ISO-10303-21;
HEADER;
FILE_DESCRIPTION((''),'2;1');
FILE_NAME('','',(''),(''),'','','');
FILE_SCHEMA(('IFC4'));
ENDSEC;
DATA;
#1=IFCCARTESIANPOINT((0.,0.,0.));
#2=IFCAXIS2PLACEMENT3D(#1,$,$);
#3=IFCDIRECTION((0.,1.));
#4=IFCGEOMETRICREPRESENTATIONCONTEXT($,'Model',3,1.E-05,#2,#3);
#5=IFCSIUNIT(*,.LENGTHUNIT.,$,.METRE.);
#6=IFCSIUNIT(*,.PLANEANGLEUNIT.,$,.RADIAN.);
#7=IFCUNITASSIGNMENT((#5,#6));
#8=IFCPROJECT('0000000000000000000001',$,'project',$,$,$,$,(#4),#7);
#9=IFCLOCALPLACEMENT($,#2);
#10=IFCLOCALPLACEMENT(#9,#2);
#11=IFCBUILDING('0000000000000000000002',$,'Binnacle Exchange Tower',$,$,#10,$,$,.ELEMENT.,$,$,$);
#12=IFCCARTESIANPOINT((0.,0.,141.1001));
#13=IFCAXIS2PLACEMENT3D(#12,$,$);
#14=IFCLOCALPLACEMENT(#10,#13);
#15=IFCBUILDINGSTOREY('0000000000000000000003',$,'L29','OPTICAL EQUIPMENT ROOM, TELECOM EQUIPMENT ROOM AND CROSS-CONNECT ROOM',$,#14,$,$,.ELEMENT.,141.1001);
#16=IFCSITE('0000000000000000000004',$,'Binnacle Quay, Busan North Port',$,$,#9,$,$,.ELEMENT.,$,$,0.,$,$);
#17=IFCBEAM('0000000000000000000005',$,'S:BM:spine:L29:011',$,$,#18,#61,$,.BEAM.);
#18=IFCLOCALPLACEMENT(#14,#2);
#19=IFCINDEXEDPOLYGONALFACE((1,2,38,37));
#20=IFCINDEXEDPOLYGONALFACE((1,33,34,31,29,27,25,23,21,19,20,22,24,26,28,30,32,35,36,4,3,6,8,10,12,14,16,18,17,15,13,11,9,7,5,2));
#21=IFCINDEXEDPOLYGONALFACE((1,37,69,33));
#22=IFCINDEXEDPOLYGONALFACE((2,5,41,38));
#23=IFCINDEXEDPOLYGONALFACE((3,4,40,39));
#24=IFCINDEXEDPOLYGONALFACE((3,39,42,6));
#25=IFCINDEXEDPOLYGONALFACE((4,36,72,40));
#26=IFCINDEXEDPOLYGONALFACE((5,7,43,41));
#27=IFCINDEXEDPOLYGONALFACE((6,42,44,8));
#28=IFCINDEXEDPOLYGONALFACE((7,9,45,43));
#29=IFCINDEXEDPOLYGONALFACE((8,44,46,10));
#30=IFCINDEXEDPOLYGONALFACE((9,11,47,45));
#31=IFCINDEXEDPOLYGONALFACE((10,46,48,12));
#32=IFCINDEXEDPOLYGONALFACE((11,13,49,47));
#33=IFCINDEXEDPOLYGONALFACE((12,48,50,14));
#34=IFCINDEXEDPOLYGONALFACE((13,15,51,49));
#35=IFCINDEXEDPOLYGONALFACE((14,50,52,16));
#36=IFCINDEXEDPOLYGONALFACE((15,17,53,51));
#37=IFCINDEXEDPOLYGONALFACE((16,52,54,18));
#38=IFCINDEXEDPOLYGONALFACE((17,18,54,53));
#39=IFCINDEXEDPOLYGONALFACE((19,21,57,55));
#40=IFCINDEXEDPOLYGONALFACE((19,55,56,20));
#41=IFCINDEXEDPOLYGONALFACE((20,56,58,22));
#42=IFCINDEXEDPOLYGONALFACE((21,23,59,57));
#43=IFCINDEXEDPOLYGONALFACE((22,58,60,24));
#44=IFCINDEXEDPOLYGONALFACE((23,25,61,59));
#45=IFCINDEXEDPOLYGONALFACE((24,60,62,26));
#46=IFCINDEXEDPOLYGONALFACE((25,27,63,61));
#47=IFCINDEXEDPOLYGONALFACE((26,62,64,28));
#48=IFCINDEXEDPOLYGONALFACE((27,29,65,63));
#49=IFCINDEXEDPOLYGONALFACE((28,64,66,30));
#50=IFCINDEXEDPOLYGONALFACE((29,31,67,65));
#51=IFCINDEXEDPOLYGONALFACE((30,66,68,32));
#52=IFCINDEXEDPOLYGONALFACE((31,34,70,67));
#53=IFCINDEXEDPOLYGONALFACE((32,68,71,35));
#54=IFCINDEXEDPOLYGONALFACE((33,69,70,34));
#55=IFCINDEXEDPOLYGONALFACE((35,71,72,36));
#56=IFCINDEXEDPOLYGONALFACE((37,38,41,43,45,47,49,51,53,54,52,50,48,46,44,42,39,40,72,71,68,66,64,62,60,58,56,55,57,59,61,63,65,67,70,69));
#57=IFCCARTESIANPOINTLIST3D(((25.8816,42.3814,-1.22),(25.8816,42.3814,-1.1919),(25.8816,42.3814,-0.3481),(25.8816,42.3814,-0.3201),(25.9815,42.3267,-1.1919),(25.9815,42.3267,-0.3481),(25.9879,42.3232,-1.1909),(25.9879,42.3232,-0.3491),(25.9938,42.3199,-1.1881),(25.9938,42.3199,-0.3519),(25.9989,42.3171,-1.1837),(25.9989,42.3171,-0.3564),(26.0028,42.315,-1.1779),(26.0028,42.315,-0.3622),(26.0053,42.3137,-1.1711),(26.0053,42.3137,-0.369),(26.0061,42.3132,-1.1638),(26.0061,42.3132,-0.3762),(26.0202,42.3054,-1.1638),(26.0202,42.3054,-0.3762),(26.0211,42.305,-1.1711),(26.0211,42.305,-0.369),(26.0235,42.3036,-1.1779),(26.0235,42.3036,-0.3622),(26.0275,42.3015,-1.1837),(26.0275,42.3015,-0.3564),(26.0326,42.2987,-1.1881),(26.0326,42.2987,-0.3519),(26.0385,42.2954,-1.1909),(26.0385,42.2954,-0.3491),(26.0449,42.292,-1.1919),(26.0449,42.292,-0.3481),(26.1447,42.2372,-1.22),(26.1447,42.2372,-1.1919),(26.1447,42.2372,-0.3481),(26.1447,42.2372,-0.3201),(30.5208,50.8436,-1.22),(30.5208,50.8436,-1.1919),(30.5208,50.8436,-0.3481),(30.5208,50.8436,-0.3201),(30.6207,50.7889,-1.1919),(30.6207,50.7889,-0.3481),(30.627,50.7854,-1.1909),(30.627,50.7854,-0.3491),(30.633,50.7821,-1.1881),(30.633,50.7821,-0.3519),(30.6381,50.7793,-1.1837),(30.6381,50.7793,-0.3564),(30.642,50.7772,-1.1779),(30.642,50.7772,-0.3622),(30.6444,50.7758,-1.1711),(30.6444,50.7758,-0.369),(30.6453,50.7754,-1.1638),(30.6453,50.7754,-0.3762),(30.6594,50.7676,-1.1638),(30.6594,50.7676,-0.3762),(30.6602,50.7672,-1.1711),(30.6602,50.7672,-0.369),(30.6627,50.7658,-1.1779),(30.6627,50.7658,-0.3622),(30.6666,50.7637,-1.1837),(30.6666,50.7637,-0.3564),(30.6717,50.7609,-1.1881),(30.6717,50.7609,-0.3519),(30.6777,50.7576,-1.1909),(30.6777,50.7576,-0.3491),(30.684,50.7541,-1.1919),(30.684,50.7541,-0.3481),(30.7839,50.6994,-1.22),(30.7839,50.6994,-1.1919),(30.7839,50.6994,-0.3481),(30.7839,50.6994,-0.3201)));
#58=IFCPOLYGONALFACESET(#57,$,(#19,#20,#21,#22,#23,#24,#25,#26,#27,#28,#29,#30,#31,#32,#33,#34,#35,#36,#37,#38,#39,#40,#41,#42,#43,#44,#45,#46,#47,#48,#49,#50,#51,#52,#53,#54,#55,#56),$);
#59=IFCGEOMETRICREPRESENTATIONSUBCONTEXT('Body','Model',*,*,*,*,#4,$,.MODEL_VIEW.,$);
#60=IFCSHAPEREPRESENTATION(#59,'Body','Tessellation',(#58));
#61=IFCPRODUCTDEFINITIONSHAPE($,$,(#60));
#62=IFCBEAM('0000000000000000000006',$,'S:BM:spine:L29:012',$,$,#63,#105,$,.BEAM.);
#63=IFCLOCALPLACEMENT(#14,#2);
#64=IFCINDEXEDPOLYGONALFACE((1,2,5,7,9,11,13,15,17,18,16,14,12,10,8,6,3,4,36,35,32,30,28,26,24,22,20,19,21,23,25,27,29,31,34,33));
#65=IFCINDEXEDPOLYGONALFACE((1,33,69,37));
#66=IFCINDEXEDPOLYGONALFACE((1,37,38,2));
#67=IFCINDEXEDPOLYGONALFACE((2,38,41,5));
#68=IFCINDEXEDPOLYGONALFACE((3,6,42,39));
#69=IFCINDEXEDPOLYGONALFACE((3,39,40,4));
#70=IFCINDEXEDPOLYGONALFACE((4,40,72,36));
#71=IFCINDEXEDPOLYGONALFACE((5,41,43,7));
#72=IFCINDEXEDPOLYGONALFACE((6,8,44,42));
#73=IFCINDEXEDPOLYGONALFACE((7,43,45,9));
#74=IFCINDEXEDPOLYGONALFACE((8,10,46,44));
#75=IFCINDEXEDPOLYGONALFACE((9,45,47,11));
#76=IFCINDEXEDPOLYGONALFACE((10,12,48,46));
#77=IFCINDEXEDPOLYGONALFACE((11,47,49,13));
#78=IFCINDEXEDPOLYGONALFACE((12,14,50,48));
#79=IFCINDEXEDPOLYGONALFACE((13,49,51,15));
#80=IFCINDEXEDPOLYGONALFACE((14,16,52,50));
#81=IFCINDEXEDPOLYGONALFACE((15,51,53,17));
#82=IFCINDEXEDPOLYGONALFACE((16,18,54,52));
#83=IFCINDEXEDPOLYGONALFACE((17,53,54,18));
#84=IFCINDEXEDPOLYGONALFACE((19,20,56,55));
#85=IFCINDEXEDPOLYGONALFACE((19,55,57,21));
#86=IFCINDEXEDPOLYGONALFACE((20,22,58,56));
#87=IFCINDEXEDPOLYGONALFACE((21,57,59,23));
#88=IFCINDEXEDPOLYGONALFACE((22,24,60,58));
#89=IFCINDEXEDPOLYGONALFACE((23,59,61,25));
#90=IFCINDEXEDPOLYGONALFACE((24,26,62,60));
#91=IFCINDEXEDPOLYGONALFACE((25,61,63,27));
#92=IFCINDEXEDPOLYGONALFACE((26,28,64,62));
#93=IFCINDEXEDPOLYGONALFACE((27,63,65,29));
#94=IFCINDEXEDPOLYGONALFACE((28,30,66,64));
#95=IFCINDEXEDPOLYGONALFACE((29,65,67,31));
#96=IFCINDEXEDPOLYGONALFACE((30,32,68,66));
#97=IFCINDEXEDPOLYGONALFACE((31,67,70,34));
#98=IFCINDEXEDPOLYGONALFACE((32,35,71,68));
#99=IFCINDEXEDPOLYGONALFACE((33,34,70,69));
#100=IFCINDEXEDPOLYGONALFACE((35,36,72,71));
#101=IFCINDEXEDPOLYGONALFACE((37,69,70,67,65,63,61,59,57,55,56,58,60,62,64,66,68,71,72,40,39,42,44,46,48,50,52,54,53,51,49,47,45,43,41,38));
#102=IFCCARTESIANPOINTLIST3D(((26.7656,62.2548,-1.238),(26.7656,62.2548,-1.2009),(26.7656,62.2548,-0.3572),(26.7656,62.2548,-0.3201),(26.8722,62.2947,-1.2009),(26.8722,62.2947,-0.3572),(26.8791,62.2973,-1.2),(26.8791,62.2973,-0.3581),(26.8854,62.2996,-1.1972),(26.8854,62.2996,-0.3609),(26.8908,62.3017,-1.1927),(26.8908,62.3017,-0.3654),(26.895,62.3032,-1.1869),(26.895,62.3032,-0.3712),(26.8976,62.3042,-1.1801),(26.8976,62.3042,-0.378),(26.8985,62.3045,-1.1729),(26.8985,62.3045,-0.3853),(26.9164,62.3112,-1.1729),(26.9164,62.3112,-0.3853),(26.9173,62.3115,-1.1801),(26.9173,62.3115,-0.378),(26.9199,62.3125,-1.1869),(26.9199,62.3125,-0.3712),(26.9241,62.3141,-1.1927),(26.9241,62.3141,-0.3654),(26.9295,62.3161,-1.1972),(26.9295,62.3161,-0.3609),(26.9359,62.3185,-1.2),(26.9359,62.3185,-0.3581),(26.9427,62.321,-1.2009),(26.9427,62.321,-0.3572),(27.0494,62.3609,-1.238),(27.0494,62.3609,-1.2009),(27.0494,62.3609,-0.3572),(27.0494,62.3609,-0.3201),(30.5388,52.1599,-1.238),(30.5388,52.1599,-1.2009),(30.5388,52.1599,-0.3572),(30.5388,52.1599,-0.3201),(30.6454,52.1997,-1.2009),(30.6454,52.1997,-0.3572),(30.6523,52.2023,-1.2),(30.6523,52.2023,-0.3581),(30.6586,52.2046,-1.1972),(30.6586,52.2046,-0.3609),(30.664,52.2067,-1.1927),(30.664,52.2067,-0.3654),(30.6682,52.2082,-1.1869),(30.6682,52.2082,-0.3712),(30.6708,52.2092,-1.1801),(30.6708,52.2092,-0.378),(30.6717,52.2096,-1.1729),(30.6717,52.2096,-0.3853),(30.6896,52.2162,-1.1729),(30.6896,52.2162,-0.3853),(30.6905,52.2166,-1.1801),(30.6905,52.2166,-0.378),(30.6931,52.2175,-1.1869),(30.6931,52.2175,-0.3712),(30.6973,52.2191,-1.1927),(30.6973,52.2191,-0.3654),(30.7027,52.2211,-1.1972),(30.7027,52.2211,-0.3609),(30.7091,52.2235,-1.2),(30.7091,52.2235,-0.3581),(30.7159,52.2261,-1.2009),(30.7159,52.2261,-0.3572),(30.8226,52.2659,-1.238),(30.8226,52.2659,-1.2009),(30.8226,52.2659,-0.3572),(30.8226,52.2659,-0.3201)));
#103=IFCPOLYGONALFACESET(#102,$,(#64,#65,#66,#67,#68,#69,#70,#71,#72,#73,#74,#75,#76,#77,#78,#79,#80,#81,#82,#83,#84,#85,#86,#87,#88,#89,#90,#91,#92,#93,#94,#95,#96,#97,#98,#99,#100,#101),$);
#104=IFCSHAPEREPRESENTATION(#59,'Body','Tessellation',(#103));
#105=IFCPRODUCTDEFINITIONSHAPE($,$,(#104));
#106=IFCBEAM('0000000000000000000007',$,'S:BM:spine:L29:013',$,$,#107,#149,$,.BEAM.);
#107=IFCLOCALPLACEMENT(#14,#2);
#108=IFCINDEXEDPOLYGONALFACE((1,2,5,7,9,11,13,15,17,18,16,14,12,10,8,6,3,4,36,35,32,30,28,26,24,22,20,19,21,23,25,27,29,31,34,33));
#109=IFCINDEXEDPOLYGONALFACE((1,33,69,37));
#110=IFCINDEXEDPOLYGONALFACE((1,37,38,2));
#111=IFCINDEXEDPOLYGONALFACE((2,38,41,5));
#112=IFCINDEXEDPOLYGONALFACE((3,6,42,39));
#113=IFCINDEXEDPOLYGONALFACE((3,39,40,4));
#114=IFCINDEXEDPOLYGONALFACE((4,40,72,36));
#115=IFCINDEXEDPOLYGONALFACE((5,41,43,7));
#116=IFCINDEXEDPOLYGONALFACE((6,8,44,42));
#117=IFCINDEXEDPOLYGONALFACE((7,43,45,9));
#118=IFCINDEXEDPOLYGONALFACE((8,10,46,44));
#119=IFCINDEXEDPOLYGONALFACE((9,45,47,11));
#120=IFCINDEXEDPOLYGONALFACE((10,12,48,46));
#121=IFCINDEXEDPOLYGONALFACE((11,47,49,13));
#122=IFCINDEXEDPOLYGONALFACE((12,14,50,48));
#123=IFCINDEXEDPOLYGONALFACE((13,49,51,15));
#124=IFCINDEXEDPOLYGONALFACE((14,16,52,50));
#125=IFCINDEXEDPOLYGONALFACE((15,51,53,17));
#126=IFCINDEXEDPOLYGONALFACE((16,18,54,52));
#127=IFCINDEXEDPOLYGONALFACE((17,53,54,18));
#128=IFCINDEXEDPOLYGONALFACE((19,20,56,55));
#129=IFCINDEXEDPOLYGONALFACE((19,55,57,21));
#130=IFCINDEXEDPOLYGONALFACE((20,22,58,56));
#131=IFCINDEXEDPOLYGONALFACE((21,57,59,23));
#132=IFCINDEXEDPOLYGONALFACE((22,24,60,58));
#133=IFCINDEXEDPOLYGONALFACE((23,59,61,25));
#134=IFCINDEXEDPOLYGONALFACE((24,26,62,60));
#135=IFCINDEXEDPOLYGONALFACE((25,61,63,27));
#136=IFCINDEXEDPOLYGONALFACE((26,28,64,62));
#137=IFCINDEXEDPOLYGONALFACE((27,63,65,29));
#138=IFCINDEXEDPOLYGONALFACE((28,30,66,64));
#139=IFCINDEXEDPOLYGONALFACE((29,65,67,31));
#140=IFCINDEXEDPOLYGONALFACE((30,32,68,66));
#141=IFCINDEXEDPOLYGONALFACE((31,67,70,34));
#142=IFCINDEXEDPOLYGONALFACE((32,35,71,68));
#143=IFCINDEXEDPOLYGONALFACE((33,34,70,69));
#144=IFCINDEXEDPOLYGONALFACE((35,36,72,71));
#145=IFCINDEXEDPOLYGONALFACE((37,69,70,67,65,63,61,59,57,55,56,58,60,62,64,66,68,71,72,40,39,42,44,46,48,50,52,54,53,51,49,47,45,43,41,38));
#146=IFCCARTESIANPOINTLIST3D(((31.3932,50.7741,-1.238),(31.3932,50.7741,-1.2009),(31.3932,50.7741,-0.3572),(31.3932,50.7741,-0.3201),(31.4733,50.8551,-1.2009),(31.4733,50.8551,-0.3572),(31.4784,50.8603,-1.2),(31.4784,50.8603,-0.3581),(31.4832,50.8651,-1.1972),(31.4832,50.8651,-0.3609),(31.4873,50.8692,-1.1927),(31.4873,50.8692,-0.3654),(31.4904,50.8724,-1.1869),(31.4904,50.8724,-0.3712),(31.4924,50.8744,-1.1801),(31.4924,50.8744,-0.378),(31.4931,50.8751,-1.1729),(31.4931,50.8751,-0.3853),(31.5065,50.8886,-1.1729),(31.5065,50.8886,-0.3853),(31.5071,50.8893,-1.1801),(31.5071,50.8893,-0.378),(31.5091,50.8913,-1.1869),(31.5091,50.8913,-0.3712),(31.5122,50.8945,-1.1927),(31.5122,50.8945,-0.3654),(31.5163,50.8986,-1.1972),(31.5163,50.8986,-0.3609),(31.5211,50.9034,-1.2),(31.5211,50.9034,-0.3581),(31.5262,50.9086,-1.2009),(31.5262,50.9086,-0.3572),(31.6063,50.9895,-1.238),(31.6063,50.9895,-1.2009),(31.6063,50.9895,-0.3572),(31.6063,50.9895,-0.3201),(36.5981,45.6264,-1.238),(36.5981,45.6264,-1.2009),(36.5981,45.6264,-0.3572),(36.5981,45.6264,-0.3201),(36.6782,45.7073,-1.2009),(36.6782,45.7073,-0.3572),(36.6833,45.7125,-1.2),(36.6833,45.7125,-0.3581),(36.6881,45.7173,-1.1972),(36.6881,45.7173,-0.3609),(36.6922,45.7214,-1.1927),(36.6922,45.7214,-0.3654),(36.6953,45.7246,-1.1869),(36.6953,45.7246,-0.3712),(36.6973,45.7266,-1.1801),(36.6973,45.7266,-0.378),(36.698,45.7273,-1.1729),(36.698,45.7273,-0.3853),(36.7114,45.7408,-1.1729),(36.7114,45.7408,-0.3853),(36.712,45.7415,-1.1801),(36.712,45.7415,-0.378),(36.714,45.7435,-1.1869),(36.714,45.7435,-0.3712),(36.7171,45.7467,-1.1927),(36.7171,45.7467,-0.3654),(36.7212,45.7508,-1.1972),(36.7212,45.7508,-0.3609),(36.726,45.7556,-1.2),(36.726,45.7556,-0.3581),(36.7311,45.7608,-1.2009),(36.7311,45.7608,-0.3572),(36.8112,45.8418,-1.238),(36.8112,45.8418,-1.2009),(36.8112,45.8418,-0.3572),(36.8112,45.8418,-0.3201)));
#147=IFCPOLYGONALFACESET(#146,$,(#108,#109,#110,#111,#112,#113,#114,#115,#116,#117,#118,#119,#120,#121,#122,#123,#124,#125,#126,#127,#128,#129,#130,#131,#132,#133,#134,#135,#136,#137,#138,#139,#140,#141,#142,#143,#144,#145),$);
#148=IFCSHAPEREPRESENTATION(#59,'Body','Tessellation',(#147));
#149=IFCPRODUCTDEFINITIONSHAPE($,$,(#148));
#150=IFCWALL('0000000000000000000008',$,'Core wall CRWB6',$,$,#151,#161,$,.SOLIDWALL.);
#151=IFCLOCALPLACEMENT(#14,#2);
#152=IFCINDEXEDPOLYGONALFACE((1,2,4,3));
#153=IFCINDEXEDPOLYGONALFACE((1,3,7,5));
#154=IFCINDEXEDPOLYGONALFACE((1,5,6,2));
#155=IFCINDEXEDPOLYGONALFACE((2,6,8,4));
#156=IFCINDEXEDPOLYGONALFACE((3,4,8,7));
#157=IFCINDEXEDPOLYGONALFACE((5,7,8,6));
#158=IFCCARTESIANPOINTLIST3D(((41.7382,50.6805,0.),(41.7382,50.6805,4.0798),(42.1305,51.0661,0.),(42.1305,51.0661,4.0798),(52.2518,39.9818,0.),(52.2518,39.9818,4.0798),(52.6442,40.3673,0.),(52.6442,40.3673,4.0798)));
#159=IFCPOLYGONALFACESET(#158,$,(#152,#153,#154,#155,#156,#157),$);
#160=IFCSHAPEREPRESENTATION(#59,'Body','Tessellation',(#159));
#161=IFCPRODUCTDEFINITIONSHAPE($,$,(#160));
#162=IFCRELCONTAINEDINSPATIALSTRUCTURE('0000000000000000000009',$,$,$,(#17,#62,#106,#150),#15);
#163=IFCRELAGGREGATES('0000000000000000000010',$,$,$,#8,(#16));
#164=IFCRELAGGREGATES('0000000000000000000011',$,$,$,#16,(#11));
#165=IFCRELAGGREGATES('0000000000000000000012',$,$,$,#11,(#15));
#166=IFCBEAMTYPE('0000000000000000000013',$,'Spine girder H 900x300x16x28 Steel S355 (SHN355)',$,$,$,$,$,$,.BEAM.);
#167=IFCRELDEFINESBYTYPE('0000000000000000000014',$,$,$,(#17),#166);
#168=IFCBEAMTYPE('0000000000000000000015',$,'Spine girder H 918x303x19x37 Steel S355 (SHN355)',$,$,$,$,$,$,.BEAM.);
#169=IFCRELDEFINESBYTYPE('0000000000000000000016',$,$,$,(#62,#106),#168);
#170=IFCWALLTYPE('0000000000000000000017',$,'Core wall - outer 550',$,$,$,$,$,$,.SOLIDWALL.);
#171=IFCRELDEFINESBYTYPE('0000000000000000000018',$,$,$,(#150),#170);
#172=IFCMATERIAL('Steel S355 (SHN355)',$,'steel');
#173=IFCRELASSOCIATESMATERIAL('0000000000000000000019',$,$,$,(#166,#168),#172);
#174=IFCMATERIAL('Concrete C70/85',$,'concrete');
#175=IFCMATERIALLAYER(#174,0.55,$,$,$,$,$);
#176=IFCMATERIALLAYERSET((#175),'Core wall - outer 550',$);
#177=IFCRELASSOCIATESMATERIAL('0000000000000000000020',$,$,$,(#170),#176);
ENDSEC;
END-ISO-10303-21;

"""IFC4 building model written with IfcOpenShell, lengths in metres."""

from ifc_helpers import new_model, si_unit, direction, frame, frame_2d, origin, origin_2d, place, context, subcontext, project, spatial, rectangle, i_section, extrude, material, layer, layer_set, material_profile, profile_set, type_object, element, save


model = new_model("IFC4")

# Units and contexts
model_context = context("Model", 3, precision=1e-05, world=origin(), true_north=direction((0.0, 1.0)))
body_context = subcontext(model_context, "Body", "Model", "MODEL_VIEW")
ifc_project = project(units=[si_unit("LENGTHUNIT", "METRE"), si_unit("PLANEANGLEUNIT", "RADIAN")], contexts=[model_context])

# Site, building, storey
site_placement = place(None, origin())
site = spatial("IfcSite", under=ifc_project, at=site_placement, Name="Binnacle Quay, Busan North Port", CompositionType="ELEMENT", RefElevation=0.0)
building_placement = place(site_placement, origin())
building = spatial("IfcBuilding", under=site, at=building_placement, Name="Binnacle Exchange Tower", CompositionType="ELEMENT")
storey_placement = place(building_placement, frame((0.0, 0.0, 141.1001)))
storey = spatial("IfcBuildingStorey", under=building, at=storey_placement, Name="L29", Description="OPTICAL EQUIPMENT ROOM, TELECOM EQUIPMENT ROOM AND CROSS-CONNECT ROOM", CompositionType="ELEMENT", Elevation=141.1001)

# Shared definitions
ifc_material_1 = material(Name="Concrete C70/85", Category="concrete")

# Beams
ifc_material_2 = material(Name="Steel S355 (SHN355)", Category="steel")
ifc_material_profile_1 = material_profile(ifc_material_2, i_section(OverallWidth=0.3, OverallDepth=0.8999, WebThickness=0.0161, FlangeThickness=0.0281, FilletRadius=0.0281, at=origin_2d()), Name="H 900x300x16x28")
ifc_profile_set_1 = profile_set([ifc_material_profile_1], Name="Steel S355 (SHN355)")
beam_type_1 = type_object("IfcBeamType", Name="Spine girder H 900x300x16x28 Steel S355 (SHN355)", PredefinedType="BEAM", material=ifc_profile_set_1)
beam_1_placement = place(storey_placement, frame((30.6523, 50.7715, -0.77), z_axis=(-0.480723, -0.876873, 0.0), x_axis=(0.876873, -0.480723, 0.0)))
element("IfcBeam", 1, at=beam_1_placement, inside=storey, type_object=beam_type_1, Name="S:BM:spine:L29:011", PredefinedType="BEAM", context=body_context, shape_type="SweptSolid", body=[
    extrude(i_section(OverallWidth=0.3, OverallDepth=0.8999, WebThickness=0.0161, FlangeThickness=0.0281, FilletRadius=0.0281, at=origin_2d()), origin(), (0.0, 0.0, 1.0), 9.6504),
])
ifc_material_profile_2 = material_profile(ifc_material_2, i_section(OverallWidth=0.303, OverallDepth=0.918, WebThickness=0.019, FlangeThickness=0.0371, FilletRadius=0.0281, at=origin_2d()), Name="H 918x303x19x37")
ifc_profile_set_2 = profile_set([ifc_material_profile_2], Name="Steel S355 (SHN355)")
beam_type_2 = type_object("IfcBeamType", Name="Spine girder H 918x303x19x37 Steel S355 (SHN355)", PredefinedType="BEAM", material=ifc_profile_set_2)
beam_2_placement = place(storey_placement, frame((30.6807, 52.2129, -0.7791), z_axis=(-0.350113, 0.936708, 0.0), x_axis=(-0.936708, -0.350113, 0.0)))
element("IfcBeam", 2, at=beam_2_placement, inside=storey, type_object=beam_type_2, Name="S:BM:spine:L29:012", PredefinedType="BEAM", context=body_context, shape_type="SweptSolid", body=[
    extrude(i_section(OverallWidth=0.303, OverallDepth=0.918, WebThickness=0.019, FlangeThickness=0.0371, FilletRadius=0.0281, at=origin_2d()), origin(), (0.0, 0.0, 1.0), 10.7771),
])
beam_3_placement = place(storey_placement, frame((31.4998, 50.8818, -0.7791), z_axis=(0.710998, -0.703194, 0.0), x_axis=(0.703194, 0.710998, 0.0)))
element("IfcBeam", 3, at=beam_3_placement, inside=storey, type_object=beam_type_2, Name="S:BM:spine:L29:013", PredefinedType="BEAM", context=body_context, shape_type="SweptSolid", body=[
    extrude(i_section(OverallWidth=0.303, OverallDepth=0.918, WebThickness=0.019, FlangeThickness=0.0371, FilletRadius=0.0281, at=origin_2d()), origin(), (0.0, 0.0, 1.0), 7.3206),
])

# Wall
ifc_layer_1 = layer(ifc_material_1, 0.55)
ifc_layer_set_1 = layer_set([ifc_layer_1], Name="Core wall - outer 550")
wall_type_1 = type_object("IfcWallType", Name="Core wall - outer 550", PredefinedType="SOLIDWALL", material=ifc_layer_set_1)
wall_1_placement = place(storey_placement, frame((41.9343, 50.8733, 0.0), z_axis=(0.0, 0.0, 1.0), x_axis=(0.700911, -0.713248, 0.0)))
element("IfcWall", 4, at=wall_1_placement, inside=storey, type_object=wall_type_1, Name="Core wall CRWB6", PredefinedType="SOLIDWALL", context=body_context, shape_type="SweptSolid", body=[
    extrude(rectangle(XDim=15.0, YDim=0.55, at=frame_2d((7.5, 0.0))), origin(), (0.0, 0.0, 1.0), 4.0798),
])

save(model, "model.ifc")
